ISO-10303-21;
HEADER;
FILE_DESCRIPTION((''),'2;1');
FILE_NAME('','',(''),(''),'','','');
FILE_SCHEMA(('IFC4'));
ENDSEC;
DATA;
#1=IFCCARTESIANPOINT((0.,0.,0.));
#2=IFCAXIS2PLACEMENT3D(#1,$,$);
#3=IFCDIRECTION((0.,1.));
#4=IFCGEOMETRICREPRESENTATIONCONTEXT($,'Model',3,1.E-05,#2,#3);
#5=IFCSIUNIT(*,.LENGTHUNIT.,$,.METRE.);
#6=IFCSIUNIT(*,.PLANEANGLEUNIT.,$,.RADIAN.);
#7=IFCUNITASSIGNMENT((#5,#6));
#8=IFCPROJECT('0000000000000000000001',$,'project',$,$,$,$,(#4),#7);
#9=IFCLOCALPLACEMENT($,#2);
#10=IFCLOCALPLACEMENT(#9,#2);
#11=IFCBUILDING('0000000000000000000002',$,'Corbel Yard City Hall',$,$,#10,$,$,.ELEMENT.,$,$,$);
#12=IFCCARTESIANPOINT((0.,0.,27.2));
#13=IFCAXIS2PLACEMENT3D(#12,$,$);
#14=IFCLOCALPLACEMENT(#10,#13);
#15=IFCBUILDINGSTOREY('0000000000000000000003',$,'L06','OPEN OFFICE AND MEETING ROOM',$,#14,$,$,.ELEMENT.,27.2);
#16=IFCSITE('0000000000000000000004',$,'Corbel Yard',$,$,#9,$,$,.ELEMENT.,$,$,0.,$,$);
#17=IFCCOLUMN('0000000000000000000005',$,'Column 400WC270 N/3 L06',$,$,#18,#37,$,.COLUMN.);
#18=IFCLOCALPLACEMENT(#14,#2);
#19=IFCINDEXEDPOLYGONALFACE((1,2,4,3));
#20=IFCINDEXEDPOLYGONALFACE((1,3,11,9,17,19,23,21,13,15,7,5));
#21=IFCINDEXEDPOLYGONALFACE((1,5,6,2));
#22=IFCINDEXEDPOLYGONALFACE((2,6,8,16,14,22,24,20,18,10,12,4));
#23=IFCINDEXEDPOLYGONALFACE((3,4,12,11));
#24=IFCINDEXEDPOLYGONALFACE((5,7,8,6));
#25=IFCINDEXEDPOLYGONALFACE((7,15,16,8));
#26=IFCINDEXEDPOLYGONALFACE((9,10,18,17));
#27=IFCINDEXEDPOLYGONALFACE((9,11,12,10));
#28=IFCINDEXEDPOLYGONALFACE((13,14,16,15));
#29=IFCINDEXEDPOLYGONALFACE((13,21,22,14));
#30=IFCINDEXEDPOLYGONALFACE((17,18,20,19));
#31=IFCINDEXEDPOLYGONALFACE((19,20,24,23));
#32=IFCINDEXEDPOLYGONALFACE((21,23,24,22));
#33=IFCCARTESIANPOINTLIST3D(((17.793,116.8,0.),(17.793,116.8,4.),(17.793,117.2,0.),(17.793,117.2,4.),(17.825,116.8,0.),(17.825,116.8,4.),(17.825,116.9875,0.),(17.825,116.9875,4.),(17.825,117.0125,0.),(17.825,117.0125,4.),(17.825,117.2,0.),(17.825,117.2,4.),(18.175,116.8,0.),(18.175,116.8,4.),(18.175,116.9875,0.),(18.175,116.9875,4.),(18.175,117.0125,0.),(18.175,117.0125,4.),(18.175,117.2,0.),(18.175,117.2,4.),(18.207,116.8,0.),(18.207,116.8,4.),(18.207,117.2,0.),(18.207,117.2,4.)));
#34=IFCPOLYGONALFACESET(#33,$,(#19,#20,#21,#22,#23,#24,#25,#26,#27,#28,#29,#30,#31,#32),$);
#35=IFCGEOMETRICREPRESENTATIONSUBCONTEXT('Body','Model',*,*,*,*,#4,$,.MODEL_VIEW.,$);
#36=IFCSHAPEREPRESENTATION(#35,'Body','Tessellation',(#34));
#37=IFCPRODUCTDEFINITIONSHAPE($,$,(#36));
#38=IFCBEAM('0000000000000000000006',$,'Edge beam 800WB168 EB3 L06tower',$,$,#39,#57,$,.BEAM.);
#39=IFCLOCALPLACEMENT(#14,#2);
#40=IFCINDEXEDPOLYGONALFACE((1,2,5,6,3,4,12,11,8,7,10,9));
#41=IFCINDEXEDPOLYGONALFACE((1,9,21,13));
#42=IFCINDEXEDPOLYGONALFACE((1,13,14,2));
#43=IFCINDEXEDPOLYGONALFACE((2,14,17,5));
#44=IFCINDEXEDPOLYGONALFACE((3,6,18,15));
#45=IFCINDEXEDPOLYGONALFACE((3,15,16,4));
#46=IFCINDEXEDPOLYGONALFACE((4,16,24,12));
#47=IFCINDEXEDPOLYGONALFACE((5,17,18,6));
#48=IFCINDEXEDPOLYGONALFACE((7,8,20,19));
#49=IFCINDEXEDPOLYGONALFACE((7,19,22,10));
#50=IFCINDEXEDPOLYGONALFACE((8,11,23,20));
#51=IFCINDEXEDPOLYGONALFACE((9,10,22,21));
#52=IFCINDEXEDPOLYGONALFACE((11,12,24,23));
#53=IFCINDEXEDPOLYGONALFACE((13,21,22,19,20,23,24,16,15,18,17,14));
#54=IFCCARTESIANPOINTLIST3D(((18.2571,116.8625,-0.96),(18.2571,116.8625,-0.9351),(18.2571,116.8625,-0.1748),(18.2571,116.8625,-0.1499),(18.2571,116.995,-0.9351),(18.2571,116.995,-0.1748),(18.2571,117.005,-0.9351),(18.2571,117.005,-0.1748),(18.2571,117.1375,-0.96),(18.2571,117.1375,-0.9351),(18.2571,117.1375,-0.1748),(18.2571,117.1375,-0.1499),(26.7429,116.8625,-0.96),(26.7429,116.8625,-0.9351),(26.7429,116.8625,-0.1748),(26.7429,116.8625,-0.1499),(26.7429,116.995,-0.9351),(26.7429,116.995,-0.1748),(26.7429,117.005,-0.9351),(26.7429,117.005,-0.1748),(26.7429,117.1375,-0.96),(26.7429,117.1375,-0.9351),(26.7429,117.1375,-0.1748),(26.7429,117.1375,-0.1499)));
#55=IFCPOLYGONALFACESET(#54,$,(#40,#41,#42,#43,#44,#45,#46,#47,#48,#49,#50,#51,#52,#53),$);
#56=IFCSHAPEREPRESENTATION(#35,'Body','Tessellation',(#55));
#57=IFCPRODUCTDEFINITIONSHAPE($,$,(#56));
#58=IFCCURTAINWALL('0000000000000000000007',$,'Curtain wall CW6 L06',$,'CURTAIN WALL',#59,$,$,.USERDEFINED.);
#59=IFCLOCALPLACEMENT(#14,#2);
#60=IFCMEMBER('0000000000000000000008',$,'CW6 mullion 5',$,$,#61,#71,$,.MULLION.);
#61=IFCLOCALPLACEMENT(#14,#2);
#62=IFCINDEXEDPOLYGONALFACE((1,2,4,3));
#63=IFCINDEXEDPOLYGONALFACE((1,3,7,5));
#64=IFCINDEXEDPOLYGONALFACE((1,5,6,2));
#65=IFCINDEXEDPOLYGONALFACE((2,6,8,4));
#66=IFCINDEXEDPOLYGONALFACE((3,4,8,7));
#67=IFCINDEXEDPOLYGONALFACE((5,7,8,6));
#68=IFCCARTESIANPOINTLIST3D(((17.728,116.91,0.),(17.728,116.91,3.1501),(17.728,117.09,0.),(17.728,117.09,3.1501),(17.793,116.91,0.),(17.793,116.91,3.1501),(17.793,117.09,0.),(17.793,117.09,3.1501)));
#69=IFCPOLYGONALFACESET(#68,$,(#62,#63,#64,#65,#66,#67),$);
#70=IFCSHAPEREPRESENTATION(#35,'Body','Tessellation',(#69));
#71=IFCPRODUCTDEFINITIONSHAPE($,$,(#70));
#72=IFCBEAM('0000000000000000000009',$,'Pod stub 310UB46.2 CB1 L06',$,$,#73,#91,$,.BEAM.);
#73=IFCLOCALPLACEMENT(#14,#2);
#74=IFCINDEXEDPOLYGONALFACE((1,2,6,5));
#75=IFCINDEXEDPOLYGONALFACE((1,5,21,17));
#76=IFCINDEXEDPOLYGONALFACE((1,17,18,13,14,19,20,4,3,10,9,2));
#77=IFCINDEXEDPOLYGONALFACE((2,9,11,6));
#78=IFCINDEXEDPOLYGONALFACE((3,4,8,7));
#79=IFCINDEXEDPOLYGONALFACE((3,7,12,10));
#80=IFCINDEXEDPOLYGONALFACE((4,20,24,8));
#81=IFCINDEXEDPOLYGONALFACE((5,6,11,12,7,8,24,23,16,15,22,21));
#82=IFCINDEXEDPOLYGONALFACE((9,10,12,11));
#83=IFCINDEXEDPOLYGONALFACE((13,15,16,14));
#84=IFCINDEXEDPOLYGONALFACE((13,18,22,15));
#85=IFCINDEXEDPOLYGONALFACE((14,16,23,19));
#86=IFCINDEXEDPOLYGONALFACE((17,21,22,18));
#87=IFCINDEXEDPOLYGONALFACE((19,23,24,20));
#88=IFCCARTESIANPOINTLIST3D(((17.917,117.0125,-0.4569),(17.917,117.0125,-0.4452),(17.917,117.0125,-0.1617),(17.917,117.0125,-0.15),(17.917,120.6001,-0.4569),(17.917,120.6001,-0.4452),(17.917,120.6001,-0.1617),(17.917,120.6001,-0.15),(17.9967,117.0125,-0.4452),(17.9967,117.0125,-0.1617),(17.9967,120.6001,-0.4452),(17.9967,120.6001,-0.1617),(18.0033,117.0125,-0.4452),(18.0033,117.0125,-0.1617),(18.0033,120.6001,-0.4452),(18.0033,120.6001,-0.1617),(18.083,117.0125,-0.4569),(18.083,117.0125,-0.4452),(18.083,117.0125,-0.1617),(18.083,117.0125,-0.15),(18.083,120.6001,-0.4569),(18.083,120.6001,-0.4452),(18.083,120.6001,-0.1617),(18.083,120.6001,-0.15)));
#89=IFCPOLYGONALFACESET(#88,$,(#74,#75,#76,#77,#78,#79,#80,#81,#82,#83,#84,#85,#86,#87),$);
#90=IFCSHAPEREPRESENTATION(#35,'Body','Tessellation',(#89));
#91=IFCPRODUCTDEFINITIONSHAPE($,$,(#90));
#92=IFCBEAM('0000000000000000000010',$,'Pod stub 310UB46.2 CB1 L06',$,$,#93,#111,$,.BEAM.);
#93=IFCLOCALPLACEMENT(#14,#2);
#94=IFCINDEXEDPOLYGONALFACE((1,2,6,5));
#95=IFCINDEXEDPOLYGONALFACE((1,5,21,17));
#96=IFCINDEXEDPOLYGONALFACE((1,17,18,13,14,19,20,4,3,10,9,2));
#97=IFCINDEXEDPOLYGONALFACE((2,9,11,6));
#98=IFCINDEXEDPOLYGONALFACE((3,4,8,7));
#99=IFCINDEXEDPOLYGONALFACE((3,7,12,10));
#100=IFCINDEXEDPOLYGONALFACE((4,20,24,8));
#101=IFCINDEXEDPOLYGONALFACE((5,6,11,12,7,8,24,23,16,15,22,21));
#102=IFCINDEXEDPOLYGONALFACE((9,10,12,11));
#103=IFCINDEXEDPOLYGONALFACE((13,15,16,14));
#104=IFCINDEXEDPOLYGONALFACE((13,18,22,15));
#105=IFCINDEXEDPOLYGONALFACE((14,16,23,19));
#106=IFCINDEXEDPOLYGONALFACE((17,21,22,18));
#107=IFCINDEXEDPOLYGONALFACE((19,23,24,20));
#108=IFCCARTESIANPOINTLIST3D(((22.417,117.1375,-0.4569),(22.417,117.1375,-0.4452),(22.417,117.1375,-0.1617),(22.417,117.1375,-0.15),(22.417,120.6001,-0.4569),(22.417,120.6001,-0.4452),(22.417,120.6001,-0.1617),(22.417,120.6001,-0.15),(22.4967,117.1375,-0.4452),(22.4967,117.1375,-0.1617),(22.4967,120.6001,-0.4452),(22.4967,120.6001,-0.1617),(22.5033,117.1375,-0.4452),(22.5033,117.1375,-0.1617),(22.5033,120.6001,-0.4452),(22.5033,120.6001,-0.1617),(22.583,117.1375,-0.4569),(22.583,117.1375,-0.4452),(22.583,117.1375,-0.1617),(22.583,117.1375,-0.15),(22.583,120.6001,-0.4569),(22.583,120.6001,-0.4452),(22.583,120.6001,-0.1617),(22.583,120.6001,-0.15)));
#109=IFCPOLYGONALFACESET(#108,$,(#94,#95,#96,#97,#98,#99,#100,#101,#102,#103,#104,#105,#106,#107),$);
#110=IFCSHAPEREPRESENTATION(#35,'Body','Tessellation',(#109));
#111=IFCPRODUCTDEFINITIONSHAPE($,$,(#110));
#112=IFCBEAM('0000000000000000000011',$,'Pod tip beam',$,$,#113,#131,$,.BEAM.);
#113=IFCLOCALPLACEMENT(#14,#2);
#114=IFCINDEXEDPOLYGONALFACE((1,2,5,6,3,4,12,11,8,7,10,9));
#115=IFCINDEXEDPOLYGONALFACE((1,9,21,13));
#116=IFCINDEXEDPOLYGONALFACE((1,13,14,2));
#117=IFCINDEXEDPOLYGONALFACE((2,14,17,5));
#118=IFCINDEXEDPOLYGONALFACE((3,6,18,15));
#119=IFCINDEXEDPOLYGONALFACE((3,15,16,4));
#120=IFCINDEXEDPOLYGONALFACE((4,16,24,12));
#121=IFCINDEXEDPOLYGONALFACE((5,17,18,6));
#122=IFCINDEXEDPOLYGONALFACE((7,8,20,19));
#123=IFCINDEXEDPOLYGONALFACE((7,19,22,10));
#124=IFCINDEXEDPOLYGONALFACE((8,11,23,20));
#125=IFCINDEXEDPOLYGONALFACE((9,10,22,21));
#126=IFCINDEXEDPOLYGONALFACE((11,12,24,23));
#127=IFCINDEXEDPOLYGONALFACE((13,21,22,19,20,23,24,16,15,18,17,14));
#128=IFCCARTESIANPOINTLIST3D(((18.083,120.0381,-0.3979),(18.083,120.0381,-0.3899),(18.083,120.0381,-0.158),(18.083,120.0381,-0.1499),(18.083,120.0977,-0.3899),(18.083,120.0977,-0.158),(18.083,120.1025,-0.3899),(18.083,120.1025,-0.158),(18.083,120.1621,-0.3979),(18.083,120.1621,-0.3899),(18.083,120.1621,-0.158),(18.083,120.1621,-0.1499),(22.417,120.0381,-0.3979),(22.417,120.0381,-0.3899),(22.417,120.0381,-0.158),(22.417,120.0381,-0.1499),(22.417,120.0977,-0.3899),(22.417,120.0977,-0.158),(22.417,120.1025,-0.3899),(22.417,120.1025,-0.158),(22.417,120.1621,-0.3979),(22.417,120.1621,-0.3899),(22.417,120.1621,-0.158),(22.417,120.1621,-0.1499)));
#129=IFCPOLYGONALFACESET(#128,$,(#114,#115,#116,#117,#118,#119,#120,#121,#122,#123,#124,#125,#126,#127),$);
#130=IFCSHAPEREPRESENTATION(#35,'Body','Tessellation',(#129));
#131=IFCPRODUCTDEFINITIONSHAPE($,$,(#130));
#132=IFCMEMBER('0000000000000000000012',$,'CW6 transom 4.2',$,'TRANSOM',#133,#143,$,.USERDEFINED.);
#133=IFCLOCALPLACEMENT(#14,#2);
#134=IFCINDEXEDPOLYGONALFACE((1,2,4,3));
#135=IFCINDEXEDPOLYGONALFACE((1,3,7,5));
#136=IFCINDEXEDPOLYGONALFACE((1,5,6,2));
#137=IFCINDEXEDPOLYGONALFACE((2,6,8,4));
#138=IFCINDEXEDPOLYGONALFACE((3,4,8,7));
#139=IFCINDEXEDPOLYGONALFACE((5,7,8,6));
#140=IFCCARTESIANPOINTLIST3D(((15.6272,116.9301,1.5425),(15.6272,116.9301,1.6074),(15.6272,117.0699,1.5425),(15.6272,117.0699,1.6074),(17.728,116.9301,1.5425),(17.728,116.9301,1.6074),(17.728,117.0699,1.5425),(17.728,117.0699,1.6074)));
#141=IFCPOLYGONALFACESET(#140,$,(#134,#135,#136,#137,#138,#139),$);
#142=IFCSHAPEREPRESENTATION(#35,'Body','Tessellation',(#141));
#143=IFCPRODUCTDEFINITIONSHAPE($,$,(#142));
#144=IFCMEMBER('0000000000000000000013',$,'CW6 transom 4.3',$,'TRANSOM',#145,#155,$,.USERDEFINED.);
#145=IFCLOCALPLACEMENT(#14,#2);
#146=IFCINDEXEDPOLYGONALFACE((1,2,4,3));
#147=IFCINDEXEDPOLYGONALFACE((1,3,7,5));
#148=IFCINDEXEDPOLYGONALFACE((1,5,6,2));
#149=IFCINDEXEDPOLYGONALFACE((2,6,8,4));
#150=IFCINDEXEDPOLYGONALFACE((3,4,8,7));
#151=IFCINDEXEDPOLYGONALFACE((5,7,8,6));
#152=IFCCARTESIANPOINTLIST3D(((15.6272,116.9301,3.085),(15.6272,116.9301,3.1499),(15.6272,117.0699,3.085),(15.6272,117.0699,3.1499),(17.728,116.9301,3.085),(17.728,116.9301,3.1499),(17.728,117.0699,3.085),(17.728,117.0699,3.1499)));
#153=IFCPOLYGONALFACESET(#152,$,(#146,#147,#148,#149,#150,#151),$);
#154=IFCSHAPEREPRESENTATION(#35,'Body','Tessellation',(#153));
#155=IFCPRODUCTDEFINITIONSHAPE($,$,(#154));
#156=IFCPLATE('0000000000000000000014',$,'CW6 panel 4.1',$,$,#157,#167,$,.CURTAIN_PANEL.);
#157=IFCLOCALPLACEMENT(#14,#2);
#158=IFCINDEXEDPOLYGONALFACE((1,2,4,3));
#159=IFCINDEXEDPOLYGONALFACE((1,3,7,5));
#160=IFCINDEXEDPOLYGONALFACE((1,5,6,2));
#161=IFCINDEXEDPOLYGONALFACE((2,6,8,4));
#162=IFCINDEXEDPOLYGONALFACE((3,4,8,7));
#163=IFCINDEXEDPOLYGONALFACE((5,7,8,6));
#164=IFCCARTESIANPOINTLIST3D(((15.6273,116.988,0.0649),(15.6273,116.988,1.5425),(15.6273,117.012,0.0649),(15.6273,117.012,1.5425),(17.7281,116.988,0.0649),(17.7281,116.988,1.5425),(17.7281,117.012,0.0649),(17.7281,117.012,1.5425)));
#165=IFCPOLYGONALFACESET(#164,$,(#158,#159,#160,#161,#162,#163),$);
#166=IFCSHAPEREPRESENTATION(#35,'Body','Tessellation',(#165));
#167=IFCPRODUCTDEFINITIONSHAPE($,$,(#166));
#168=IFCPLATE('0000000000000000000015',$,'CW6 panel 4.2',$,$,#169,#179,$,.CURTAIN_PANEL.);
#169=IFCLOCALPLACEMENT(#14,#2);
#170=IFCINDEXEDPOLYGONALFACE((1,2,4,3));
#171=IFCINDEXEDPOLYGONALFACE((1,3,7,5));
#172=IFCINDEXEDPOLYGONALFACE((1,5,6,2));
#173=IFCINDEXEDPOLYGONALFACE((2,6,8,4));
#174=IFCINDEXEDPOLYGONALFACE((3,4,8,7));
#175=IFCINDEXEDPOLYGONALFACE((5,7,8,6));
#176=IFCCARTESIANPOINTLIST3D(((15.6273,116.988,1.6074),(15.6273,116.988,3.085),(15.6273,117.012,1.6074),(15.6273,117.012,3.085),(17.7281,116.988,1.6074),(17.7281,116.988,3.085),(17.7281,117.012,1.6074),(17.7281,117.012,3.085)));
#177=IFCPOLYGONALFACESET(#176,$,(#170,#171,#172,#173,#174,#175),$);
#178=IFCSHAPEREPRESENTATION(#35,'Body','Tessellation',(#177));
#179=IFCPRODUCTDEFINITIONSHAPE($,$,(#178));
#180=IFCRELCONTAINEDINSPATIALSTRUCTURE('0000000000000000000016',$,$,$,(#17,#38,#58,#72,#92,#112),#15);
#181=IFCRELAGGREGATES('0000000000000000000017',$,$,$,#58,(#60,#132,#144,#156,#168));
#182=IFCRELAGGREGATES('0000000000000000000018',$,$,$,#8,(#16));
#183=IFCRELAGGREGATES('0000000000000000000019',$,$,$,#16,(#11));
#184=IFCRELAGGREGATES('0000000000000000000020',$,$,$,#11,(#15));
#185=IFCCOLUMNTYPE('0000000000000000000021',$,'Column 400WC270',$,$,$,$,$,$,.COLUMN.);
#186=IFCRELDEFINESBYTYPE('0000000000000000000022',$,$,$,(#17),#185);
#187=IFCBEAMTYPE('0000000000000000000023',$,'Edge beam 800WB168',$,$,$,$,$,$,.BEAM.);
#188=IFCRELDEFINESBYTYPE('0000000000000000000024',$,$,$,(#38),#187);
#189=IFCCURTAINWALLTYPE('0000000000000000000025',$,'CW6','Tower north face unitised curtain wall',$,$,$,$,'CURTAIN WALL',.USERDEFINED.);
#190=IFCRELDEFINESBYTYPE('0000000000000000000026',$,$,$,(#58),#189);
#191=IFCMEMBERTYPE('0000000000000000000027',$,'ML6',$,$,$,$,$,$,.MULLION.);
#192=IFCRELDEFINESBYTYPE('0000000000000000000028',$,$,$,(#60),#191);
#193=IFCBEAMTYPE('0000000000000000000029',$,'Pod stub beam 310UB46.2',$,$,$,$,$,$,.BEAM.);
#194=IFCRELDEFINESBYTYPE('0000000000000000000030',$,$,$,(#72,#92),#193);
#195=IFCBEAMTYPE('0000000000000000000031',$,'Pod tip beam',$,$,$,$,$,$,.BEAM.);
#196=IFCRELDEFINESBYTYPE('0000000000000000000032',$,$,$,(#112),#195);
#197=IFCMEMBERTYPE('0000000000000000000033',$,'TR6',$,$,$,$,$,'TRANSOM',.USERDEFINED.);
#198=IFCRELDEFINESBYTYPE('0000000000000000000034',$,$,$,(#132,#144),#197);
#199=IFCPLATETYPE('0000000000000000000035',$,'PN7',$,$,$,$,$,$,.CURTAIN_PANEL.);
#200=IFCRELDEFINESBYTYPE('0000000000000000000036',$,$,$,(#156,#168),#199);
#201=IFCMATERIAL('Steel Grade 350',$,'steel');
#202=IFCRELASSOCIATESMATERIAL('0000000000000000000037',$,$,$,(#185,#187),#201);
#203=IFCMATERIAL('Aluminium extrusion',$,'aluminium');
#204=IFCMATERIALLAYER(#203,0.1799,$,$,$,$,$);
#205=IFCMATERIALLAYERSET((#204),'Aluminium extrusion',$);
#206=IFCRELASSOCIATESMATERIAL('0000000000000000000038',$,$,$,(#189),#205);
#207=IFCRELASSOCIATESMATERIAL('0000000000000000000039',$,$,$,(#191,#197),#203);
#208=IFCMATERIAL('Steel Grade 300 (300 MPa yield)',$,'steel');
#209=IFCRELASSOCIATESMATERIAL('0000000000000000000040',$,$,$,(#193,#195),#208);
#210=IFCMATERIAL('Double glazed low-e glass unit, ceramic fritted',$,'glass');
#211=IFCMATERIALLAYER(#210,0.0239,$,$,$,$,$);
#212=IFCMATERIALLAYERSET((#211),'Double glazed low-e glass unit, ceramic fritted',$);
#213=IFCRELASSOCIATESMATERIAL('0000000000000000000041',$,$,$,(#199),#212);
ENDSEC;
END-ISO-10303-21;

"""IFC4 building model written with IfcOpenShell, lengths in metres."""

from ifc_helpers import new_model, si_unit, direction, frame, origin, origin_2d, place, context, subcontext, project, spatial, rectangle, i_section, extrude, material, layer, layer_set, material_profile, profile_set, type_object, element, aggregate, save


model = new_model("IFC4")

# Units and contexts
model_context = context("Model", 3, precision=1e-05, world=origin(), true_north=direction((0.0, 1.0)))
body_context = subcontext(model_context, "Body", "Model", "MODEL_VIEW")
ifc_project = project(units=[si_unit("LENGTHUNIT", "METRE"), si_unit("PLANEANGLEUNIT", "RADIAN")], contexts=[model_context])

# Site, building, storey
site_placement = place(None, origin())
site = spatial("IfcSite", under=ifc_project, at=site_placement, Name="Corbel Yard", CompositionType="ELEMENT", RefElevation=0.0)
building_placement = place(site_placement, origin())
building = spatial("IfcBuilding", under=site, at=building_placement, Name="Corbel Yard City Hall", CompositionType="ELEMENT")
storey_placement = place(building_placement, frame((0.0, 0.0, 27.2)))
storey = spatial("IfcBuildingStorey", under=building, at=storey_placement, Name="L06", Description="OPEN OFFICE AND MEETING ROOM", CompositionType="ELEMENT", Elevation=27.2)

# Column
ifc_material_1 = material(Name="Steel Grade 350", Category="steel")
ifc_material_profile_1 = material_profile(ifc_material_1, i_section(OverallWidth=0.3999, OverallDepth=0.4141, WebThickness=0.0249, FlangeThickness=0.032, at=origin_2d()), Name="400WC270")
ifc_profile_set_1 = profile_set([ifc_material_profile_1], Name="Steel Grade 350")
column_type = type_object("IfcColumnType", Name="Column 400WC270", PredefinedType="COLUMN", material=ifc_profile_set_1)
column_placement = place(storey_placement, frame((18.0, 117.0, 0.0), z_axis=(0.0, 0.0, 1.0), x_axis=(0.0, 1.0, 0.0)))
element("IfcColumn", 1, at=column_placement, inside=storey, type_object=column_type, Name="Column 400WC270 N/3 L06", PredefinedType="COLUMN", context=body_context, shape_type="SweptSolid", body=[
    extrude(i_section(OverallWidth=0.3999, OverallDepth=0.4141, WebThickness=0.0249, FlangeThickness=0.032, at=origin_2d()), origin(), (0.0, 0.0, 1.0), 4.0),
])

# Beam
ifc_material_profile_2 = material_profile(ifc_material_1, i_section(OverallWidth=0.2749, OverallDepth=0.8101, WebThickness=0.01, FlangeThickness=0.0249, at=origin_2d()), Name="800WB168")
ifc_profile_set_2 = profile_set([ifc_material_profile_2], Name="Steel Grade 350")
beam_type_1 = type_object("IfcBeamType", Name="Edge beam 800WB168", PredefinedType="BEAM", material=ifc_profile_set_2)
beam_1_placement = place(storey_placement, frame((18.2571, 117.0, -0.5549), z_axis=(1.0, 0.0, 0.0), x_axis=(0.0, 1.0, 0.0)))
element("IfcBeam", 2, at=beam_1_placement, inside=storey, type_object=beam_type_1, Name="Edge beam 800WB168 EB3 L06tower", PredefinedType="BEAM", context=body_context, shape_type="SweptSolid", body=[
    extrude(i_section(OverallWidth=0.2749, OverallDepth=0.8101, WebThickness=0.01, FlangeThickness=0.0249, at=origin_2d()), origin(), (0.0, 0.0, 1.0), 8.4858),
])

# Curtain wall, member
ifc_material_2 = material(Name="Aluminium extrusion", Category="aluminium")
ifc_layer_1 = layer(ifc_material_2, 0.1799)
ifc_layer_set_1 = layer_set([ifc_layer_1], Name="Aluminium extrusion")
curtain_wall_type = type_object("IfcCurtainWallType", Name="CW6", Description="Tower north face unitised curtain wall", ElementType="CURTAIN WALL", PredefinedType="USERDEFINED", material=ifc_layer_set_1)
curtain_wall_placement = place(storey_placement, origin())
curtain_wall = element("IfcCurtainWall", 3, at=curtain_wall_placement, inside=storey, type_object=curtain_wall_type, Name="Curtain wall CW6 L06", ObjectType="CURTAIN WALL", PredefinedType="USERDEFINED")
ifc_material_profile_3 = material_profile(ifc_material_2, rectangle(XDim=0.1799, YDim=0.0649, at=origin_2d()), Name="180x65")
ifc_profile_set_3 = profile_set([ifc_material_profile_3], Name="Aluminium extrusion")
member_type_1 = type_object("IfcMemberType", Name="ML6", PredefinedType="MULLION", material=ifc_profile_set_3)
member_1_placement = place(storey_placement, frame((17.7605, 117.0, 0.0), z_axis=(0.0, 0.0, 1.0), x_axis=(0.0, 1.0, 0.0)))
member_1 = element("IfcMember", 4, at=member_1_placement, type_object=member_type_1, Name="CW6 mullion 5", PredefinedType="MULLION", context=body_context, shape_type="SweptSolid", body=[
    extrude(rectangle(XDim=0.1799, YDim=0.0649, at=origin_2d()), origin(), (0.0, 0.0, 1.0), 3.1501),
])

# Beams
ifc_material_3 = material(Name="Steel Grade 300 (300 MPa yield)", Category="steel")
ifc_material_profile_4 = material_profile(ifc_material_3, i_section(OverallWidth=0.166, OverallDepth=0.3069, WebThickness=0.0066, FlangeThickness=0.0117, at=origin_2d()), Name="310UB46.2")
ifc_profile_set_4 = profile_set([ifc_material_profile_4], Name="Steel Grade 300 (300 MPa yield)")
beam_type_2 = type_object("IfcBeamType", Name="Pod stub beam 310UB46.2", PredefinedType="BEAM", material=ifc_profile_set_4)
beam_2_placement = place(storey_placement, frame((18.0, 117.0125, -0.3035), z_axis=(0.0, 1.0, 0.0), x_axis=(-1.0, 0.0, 0.0)))
element("IfcBeam", 5, at=beam_2_placement, inside=storey, type_object=beam_type_2, Name="Pod stub 310UB46.2 CB1 L06", PredefinedType="BEAM", context=body_context, shape_type="SweptSolid", body=[
    extrude(i_section(OverallWidth=0.166, OverallDepth=0.3069, WebThickness=0.0066, FlangeThickness=0.0117, at=origin_2d()), origin(), (0.0, 0.0, 1.0), 3.5876),
])
beam_3_placement = place(storey_placement, frame((22.5, 117.1375, -0.3035), z_axis=(0.0, 1.0, 0.0), x_axis=(-1.0, 0.0, 0.0)))
element("IfcBeam", 6, at=beam_3_placement, inside=storey, type_object=beam_type_2, Name="Pod stub 310UB46.2 CB1 L06", PredefinedType="BEAM", context=body_context, shape_type="SweptSolid", body=[
    extrude(i_section(OverallWidth=0.166, OverallDepth=0.3069, WebThickness=0.0066, FlangeThickness=0.0117, at=origin_2d()), origin(), (0.0, 0.0, 1.0), 3.4626),
])
ifc_material_profile_5 = material_profile(ifc_material_3, i_section(OverallWidth=0.124, OverallDepth=0.248, WebThickness=0.0049, FlangeThickness=0.0081, at=origin_2d()), Name="250UB25.7")
ifc_profile_set_5 = profile_set([ifc_material_profile_5], Name="Steel Grade 300 (300 MPa yield)")
beam_type_3 = type_object("IfcBeamType", Name="Pod tip beam", PredefinedType="BEAM", material=ifc_profile_set_5)
beam_4_placement = place(storey_placement, frame((18.083, 120.1001, -0.2739), z_axis=(1.0, 0.0, 0.0), x_axis=(0.0, 1.0, 0.0)))
element("IfcBeam", 7, at=beam_4_placement, inside=storey, type_object=beam_type_3, Name="Pod tip beam", PredefinedType="BEAM", context=body_context, shape_type="SweptSolid", body=[
    extrude(i_section(OverallWidth=0.124, OverallDepth=0.248, WebThickness=0.0049, FlangeThickness=0.0081, at=origin_2d()), origin(), (0.0, 0.0, 1.0), 4.334),
])

# Members
ifc_material_profile_6 = material_profile(ifc_material_2, rectangle(XDim=0.1399, YDim=0.0649, at=origin_2d()), Name="140x65")
ifc_profile_set_6 = profile_set([ifc_material_profile_6], Name="Aluminium extrusion")
member_type_2 = type_object("IfcMemberType", Name="TR6", ElementType="TRANSOM", PredefinedType="USERDEFINED", material=ifc_profile_set_6)
member_2_placement = place(storey_placement, frame((15.6272, 117.0, 1.575), z_axis=(1.0, 0.0, 0.0), x_axis=(0.0, 1.0, 0.0)))
member_2 = element("IfcMember", 8, at=member_2_placement, type_object=member_type_2, Name="CW6 transom 4.2", ObjectType="TRANSOM", PredefinedType="USERDEFINED", context=body_context, shape_type="SweptSolid", body=[
    extrude(rectangle(XDim=0.1399, YDim=0.0649, at=origin_2d()), origin(), (0.0, 0.0, 1.0), 2.1008),
])
member_3_placement = place(storey_placement, frame((15.6272, 117.0, 3.1174), z_axis=(1.0, 0.0, 0.0), x_axis=(0.0, 1.0, 0.0)))
member_3 = element("IfcMember", 9, at=member_3_placement, type_object=member_type_2, Name="CW6 transom 4.3", ObjectType="TRANSOM", PredefinedType="USERDEFINED", context=body_context, shape_type="SweptSolid", body=[
    extrude(rectangle(XDim=0.1399, YDim=0.0649, at=origin_2d()), origin(), (0.0, 0.0, 1.0), 2.1008),
])

# Plates
ifc_material_4 = material(Name="Double glazed low-e glass unit, ceramic fritted", Category="glass")
ifc_layer_2 = layer(ifc_material_4, 0.0239)
ifc_layer_set_2 = layer_set([ifc_layer_2], Name="Double glazed low-e glass unit, ceramic fritted")
plate_type = type_object("IfcPlateType", Name="PN7", PredefinedType="CURTAIN_PANEL", material=ifc_layer_set_2)
plate_1_placement = place(storey_placement, frame((16.6777, 117.0, 0.0649), z_axis=(0.0, 0.0, 1.0), x_axis=(1.0, 0.0, 0.0)))
plate_1 = element("IfcPlate", 10, at=plate_1_placement, type_object=plate_type, Name="CW6 panel 4.1", PredefinedType="CURTAIN_PANEL", context=body_context, shape_type="SweptSolid", body=[
    extrude(rectangle(XDim=2.1008, YDim=0.0239, at=origin_2d()), origin(), (0.0, 0.0, 1.0), 1.4775),
])
plate_2_placement = place(storey_placement, frame((16.6777, 117.0, 1.6074), z_axis=(0.0, 0.0, 1.0), x_axis=(1.0, 0.0, 0.0)))
plate_2 = element("IfcPlate", 11, at=plate_2_placement, type_object=plate_type, Name="CW6 panel 4.2", PredefinedType="CURTAIN_PANEL", context=body_context, shape_type="SweptSolid", body=[
    extrude(rectangle(XDim=2.1008, YDim=0.0239, at=origin_2d()), origin(), (0.0, 0.0, 1.0), 1.4775),
])
aggregate(curtain_wall, [member_1, member_2, member_3, plate_1, plate_2])

save(model, "model.ifc")
